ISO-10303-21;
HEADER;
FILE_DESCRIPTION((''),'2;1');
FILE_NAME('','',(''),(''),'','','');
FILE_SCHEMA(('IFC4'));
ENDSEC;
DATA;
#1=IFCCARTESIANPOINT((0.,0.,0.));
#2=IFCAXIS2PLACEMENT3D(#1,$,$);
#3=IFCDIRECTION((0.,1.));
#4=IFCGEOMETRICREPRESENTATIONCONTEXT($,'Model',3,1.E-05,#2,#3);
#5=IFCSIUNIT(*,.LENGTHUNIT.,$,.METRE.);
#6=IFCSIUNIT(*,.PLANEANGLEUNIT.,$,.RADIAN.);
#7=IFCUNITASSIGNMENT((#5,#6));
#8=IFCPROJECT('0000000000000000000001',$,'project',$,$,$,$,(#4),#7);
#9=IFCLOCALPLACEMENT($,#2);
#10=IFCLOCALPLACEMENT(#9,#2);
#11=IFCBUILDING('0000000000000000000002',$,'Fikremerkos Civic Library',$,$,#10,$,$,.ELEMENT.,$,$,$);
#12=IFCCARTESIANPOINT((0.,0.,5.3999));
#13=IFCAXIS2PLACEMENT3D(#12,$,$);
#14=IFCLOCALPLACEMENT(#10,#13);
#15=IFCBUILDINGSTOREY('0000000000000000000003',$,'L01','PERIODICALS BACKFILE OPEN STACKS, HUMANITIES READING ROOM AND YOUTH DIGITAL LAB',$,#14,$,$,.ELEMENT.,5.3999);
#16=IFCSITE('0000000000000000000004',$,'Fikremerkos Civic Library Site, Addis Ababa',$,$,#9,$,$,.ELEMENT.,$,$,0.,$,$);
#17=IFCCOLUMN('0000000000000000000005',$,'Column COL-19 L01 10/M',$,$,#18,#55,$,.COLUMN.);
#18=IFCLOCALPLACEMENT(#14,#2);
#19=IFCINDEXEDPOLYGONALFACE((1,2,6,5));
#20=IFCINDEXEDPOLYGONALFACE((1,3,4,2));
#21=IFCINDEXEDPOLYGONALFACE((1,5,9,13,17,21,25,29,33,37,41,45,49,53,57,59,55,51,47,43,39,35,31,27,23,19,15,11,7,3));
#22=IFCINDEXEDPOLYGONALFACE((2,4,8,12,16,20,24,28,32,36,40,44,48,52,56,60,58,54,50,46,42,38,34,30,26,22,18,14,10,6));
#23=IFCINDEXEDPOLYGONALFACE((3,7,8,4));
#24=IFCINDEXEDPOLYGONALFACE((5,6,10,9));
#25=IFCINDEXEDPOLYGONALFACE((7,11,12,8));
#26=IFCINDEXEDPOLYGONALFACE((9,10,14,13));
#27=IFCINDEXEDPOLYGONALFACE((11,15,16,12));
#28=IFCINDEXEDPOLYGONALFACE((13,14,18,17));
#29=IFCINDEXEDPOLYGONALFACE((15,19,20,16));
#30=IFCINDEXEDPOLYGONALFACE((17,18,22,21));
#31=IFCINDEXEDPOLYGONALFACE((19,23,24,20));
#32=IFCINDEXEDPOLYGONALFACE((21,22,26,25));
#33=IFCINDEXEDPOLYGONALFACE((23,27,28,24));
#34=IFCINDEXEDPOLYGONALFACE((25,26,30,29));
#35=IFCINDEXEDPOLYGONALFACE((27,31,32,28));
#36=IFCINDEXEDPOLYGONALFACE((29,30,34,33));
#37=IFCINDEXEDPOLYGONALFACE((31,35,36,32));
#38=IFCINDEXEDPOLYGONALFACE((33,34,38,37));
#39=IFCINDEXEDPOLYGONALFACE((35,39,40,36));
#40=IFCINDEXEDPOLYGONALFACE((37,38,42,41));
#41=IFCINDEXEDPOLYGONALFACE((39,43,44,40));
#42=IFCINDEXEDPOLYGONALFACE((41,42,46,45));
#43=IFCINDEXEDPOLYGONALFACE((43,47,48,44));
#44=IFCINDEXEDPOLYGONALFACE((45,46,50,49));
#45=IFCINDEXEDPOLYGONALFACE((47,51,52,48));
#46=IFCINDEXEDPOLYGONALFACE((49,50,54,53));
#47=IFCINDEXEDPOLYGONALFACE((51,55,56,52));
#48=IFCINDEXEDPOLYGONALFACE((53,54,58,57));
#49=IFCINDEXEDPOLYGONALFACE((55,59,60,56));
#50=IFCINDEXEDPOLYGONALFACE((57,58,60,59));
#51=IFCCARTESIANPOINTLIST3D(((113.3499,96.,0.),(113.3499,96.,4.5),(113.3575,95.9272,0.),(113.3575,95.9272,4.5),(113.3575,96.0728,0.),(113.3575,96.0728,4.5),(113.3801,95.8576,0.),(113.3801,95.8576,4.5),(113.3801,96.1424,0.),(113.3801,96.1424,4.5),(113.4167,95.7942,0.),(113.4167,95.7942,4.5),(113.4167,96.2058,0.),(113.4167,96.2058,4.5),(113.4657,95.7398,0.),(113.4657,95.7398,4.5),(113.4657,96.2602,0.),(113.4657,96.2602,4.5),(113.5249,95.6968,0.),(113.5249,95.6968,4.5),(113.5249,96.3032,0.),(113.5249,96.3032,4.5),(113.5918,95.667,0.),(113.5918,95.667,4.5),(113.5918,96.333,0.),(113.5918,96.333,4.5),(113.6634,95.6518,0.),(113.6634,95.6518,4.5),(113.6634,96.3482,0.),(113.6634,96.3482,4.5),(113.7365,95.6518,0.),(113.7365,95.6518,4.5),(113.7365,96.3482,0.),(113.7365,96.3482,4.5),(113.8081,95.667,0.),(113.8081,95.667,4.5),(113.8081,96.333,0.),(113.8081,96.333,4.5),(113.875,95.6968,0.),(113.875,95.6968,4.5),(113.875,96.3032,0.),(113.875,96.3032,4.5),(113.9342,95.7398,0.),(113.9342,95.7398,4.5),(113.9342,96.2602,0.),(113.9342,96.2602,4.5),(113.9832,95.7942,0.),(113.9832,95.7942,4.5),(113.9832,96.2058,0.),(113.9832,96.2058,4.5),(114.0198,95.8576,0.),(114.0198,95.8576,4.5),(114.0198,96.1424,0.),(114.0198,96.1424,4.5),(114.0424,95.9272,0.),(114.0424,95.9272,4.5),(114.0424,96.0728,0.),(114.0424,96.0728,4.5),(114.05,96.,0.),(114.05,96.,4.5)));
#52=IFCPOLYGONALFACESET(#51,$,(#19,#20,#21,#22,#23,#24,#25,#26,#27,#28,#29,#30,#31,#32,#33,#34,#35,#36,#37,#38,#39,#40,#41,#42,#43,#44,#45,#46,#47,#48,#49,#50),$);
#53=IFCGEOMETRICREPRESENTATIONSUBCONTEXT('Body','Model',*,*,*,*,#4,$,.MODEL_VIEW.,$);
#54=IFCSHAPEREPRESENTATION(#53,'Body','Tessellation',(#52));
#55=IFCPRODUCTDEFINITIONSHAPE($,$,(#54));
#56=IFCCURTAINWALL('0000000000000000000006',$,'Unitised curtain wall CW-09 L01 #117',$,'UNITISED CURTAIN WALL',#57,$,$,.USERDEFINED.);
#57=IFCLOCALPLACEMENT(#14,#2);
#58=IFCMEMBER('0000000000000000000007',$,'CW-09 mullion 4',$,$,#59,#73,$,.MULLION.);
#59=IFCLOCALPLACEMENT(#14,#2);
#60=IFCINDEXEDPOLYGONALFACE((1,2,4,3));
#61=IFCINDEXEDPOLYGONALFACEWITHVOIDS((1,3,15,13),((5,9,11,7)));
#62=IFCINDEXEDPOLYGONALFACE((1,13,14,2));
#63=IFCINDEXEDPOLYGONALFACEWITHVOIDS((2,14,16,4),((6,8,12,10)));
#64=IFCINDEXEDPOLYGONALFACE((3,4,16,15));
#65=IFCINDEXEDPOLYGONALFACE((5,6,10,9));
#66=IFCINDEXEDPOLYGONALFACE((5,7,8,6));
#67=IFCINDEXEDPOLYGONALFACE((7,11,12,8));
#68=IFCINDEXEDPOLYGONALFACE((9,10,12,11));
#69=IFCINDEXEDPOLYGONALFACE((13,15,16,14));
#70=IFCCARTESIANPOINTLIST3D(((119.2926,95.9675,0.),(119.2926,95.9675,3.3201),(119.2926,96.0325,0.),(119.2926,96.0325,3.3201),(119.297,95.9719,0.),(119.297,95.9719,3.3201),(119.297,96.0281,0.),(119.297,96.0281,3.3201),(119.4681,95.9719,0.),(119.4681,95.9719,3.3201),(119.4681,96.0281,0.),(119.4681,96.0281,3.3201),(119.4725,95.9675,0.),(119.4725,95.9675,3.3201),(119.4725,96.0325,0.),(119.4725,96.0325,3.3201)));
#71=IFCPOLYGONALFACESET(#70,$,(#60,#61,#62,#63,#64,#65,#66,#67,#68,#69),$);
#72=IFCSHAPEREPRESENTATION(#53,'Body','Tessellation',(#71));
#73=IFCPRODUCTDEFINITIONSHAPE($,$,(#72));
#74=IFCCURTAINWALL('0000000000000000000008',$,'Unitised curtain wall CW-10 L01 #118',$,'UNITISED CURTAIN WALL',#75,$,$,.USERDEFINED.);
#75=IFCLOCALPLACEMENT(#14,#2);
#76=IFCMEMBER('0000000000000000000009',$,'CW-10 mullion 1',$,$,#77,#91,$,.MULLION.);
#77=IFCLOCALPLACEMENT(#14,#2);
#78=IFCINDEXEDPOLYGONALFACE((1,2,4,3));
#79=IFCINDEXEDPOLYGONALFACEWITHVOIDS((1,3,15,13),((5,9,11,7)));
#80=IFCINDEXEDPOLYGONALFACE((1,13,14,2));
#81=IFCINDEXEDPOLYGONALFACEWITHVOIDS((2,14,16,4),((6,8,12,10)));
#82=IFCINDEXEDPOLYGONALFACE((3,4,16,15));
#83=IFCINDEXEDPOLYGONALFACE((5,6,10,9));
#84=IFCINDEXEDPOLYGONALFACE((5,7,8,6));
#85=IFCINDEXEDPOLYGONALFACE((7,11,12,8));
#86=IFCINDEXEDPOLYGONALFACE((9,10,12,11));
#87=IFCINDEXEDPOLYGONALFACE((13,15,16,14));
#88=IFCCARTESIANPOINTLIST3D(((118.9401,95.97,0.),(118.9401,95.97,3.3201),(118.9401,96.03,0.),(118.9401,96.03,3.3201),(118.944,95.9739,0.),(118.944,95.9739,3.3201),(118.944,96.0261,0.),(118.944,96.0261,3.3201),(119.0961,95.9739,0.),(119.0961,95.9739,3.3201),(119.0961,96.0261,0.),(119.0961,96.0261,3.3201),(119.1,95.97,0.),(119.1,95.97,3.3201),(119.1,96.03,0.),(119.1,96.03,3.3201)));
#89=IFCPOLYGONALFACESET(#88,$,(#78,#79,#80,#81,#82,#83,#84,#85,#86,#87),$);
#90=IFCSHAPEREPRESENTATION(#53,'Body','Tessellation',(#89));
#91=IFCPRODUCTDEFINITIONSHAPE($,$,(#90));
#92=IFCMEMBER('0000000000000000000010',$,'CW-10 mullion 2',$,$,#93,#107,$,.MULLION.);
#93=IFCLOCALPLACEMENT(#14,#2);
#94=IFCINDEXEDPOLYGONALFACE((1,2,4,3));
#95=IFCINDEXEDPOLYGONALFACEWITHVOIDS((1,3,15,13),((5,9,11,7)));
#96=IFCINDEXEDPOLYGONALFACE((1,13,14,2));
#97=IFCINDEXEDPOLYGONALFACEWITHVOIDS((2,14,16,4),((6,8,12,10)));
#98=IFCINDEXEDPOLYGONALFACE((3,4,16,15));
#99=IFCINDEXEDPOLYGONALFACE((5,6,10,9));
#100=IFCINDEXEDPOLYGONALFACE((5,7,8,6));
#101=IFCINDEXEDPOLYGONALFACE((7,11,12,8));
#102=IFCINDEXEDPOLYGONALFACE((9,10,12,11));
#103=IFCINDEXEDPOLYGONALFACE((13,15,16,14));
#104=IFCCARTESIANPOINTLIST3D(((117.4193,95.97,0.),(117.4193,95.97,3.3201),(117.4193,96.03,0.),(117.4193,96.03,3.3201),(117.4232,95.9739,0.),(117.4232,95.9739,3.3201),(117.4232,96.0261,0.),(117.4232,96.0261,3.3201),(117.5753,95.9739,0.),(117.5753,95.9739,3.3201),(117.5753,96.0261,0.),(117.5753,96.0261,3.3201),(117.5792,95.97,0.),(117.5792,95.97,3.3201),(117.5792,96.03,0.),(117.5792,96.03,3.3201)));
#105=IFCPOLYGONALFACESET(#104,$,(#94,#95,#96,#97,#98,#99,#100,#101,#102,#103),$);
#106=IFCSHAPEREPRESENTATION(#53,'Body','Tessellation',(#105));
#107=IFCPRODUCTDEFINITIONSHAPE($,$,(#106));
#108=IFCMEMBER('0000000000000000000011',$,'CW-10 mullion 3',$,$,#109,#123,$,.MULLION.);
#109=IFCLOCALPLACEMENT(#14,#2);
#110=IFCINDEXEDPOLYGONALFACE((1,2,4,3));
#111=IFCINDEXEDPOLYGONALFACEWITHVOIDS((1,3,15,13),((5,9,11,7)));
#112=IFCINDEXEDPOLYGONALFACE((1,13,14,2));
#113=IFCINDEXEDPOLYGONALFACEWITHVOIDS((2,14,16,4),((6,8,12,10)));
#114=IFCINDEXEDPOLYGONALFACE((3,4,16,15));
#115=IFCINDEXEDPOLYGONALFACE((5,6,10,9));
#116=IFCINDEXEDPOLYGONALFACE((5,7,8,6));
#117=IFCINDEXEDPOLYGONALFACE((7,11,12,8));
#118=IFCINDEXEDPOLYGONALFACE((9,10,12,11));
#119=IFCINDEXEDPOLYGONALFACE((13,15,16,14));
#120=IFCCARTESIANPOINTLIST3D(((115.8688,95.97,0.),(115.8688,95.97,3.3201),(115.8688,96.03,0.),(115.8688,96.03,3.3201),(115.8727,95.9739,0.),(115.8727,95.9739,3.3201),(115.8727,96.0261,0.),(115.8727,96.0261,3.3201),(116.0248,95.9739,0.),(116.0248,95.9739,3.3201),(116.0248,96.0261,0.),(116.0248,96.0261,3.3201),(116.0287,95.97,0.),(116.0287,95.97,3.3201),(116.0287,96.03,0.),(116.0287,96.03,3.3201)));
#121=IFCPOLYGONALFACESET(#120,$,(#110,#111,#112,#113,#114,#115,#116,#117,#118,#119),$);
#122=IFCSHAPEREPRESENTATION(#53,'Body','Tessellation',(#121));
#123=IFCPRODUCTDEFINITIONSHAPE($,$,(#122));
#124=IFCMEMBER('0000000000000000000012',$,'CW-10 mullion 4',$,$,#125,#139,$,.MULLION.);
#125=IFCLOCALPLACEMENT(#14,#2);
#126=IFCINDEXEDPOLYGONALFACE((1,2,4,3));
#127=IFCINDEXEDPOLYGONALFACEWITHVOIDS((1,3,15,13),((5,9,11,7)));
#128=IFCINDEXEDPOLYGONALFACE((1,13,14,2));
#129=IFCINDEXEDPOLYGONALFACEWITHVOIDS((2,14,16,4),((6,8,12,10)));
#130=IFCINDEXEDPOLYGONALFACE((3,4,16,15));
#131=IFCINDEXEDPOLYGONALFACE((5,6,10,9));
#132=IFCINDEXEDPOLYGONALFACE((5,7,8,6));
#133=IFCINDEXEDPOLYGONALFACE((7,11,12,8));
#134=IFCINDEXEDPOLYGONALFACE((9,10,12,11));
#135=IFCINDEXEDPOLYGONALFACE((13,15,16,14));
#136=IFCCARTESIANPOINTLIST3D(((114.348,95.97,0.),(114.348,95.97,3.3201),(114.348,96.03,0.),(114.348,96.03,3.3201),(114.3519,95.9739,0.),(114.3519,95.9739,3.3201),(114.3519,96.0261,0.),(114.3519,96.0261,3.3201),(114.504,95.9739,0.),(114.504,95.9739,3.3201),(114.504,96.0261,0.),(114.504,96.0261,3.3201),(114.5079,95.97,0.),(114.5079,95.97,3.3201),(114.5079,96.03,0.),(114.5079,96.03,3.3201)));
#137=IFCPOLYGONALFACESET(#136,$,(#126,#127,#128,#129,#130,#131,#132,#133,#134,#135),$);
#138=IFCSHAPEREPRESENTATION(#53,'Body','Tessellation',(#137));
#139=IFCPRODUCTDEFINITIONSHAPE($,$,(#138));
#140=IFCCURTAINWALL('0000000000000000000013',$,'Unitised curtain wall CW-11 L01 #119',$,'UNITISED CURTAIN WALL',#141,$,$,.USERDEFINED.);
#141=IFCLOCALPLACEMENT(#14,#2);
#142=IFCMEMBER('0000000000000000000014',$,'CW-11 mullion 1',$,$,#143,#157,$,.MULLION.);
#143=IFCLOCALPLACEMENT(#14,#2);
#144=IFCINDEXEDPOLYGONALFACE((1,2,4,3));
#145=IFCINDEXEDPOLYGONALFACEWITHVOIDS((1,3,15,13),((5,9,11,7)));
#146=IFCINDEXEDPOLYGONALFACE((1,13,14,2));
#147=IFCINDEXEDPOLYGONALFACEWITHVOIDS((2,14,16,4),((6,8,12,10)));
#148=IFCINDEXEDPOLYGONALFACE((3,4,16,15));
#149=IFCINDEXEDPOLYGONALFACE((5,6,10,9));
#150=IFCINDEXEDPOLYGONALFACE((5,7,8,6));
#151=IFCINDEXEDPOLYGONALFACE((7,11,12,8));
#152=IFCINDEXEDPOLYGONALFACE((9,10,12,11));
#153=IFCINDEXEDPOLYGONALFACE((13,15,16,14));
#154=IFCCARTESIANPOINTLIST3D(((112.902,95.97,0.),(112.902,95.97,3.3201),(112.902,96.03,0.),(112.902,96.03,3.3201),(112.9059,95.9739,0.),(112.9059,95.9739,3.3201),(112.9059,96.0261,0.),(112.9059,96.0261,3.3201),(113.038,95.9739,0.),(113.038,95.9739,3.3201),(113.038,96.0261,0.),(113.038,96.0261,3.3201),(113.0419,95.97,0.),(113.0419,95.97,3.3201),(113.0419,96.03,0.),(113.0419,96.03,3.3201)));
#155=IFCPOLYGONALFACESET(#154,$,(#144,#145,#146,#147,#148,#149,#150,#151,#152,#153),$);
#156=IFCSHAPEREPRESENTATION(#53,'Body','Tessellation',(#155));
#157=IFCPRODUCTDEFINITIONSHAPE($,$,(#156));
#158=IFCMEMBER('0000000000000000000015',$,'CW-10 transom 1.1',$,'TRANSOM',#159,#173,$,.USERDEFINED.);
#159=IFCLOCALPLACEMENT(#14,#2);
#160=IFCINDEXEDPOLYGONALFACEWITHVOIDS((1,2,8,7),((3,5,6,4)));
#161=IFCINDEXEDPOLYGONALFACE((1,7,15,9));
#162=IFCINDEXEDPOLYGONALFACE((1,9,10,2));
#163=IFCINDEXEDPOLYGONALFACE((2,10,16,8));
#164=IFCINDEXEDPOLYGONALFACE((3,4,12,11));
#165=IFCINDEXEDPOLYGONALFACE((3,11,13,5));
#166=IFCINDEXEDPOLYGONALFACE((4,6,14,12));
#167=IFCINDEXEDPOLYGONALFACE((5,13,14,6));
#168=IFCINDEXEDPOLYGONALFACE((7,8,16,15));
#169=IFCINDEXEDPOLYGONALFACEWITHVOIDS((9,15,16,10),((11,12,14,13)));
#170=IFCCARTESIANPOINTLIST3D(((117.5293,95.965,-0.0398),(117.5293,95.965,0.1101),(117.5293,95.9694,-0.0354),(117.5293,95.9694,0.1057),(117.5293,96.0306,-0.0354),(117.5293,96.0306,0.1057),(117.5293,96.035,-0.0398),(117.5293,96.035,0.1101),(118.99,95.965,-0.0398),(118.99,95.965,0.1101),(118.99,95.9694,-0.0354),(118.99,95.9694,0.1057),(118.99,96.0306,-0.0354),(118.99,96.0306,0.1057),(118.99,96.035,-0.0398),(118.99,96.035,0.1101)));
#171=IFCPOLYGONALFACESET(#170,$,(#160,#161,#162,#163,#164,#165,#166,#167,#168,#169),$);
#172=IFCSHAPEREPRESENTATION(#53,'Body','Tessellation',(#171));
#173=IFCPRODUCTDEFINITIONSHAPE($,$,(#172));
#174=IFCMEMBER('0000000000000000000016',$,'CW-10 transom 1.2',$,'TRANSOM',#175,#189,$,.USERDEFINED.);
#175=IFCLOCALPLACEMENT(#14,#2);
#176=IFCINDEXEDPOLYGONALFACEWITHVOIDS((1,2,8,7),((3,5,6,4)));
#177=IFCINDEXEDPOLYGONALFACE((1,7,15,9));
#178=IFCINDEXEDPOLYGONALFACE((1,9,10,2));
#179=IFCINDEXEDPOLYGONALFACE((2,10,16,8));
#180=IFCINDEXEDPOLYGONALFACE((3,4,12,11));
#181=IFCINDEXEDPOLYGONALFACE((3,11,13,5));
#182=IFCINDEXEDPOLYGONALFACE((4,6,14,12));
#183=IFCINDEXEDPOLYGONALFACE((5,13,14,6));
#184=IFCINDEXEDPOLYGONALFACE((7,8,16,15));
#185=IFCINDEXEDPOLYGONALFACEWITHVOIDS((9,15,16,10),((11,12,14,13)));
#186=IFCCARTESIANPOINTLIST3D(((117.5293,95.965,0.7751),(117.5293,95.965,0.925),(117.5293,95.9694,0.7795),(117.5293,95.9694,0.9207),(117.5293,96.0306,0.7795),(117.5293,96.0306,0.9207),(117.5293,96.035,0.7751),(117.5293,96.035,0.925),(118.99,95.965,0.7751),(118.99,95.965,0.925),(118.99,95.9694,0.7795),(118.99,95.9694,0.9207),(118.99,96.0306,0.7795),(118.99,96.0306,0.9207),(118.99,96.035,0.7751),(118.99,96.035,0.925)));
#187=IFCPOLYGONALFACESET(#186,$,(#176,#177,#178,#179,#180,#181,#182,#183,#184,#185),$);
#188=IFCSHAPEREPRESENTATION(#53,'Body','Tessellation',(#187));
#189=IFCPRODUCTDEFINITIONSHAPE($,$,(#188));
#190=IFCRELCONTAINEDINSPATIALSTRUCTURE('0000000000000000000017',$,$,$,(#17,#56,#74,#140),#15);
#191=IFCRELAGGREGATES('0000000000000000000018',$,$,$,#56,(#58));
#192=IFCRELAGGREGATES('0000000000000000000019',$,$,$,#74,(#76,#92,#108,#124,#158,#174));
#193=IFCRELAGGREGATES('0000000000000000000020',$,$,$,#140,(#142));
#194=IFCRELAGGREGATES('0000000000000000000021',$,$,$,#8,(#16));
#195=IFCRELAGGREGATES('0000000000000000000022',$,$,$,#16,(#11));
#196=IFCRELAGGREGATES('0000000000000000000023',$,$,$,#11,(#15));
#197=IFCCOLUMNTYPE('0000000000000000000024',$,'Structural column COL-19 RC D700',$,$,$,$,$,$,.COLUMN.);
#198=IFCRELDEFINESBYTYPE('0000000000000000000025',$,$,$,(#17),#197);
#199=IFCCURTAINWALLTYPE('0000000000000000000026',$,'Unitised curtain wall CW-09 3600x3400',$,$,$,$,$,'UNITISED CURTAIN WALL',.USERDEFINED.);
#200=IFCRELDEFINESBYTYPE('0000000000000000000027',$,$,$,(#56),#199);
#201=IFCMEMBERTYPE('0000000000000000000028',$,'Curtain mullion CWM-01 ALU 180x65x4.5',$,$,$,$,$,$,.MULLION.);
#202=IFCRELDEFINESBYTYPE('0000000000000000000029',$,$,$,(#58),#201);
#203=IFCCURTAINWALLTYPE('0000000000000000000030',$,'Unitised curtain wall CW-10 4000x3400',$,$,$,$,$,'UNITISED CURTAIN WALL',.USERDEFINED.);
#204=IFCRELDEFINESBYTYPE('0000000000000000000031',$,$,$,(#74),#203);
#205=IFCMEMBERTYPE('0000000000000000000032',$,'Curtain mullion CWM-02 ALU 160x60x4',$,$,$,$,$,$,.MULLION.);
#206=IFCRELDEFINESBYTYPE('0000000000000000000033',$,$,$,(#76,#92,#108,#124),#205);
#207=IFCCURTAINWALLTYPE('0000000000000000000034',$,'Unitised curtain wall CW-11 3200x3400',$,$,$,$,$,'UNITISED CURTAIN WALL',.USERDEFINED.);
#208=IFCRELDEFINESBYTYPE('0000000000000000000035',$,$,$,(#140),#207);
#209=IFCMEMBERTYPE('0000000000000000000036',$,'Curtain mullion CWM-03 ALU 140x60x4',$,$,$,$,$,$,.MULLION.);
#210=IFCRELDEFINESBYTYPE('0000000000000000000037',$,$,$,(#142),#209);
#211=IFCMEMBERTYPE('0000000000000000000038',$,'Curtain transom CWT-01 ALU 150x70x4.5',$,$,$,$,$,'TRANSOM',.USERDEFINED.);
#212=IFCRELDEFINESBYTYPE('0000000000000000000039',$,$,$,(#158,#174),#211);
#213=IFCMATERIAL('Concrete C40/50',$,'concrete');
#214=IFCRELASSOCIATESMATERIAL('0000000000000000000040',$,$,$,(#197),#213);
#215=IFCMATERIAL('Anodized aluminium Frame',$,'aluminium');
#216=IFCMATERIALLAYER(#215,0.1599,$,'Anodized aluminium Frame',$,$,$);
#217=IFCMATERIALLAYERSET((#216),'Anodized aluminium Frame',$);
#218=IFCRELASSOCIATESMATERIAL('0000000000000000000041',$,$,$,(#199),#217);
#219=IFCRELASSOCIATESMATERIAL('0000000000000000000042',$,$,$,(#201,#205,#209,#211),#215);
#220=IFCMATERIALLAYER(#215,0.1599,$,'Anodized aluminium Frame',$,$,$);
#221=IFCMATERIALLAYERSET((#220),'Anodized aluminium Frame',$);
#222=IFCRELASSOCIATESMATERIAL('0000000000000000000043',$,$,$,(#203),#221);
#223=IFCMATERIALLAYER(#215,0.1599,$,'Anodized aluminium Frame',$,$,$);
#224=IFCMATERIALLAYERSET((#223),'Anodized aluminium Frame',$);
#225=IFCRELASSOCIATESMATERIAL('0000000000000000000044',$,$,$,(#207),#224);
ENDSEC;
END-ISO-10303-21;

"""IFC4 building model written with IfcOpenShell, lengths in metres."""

from ifc_helpers import new_model, si_unit, direction, frame, origin, origin_2d, place, context, subcontext, project, spatial, hollow_rectangle, circle, extrude, material, layer, layer_set, material_profile, profile_set, type_object, element, aggregate, save


model = new_model("IFC4")

# Units and contexts
model_context = context("Model", 3, precision=1e-05, world=origin(), true_north=direction((0.0, 1.0)))
body_context = subcontext(model_context, "Body", "Model", "MODEL_VIEW")
ifc_project = project(units=[si_unit("LENGTHUNIT", "METRE"), si_unit("PLANEANGLEUNIT", "RADIAN")], contexts=[model_context])

# Site, building, storey
site_placement = place(None, origin())
site = spatial("IfcSite", under=ifc_project, at=site_placement, Name="Fikremerkos Civic Library Site, Addis Ababa", CompositionType="ELEMENT", RefElevation=0.0)
building_placement = place(site_placement, origin())
building = spatial("IfcBuilding", under=site, at=building_placement, Name="Fikremerkos Civic Library", CompositionType="ELEMENT")
storey_placement = place(building_placement, frame((0.0, 0.0, 5.3999)))
storey = spatial("IfcBuildingStorey", under=building, at=storey_placement, Name="L01", Description="PERIODICALS BACKFILE OPEN STACKS, HUMANITIES READING ROOM AND YOUTH DIGITAL LAB", CompositionType="ELEMENT", Elevation=5.3999)

# Column
ifc_material_1 = material(Name="Concrete C40/50", Category="concrete")
ifc_material_profile_1 = material_profile(ifc_material_1, circle(Radius=0.3501, at=origin_2d()), Name="RC D700")
ifc_profile_set_1 = profile_set([ifc_material_profile_1], Name="Concrete C40/50")
column_type = type_object("IfcColumnType", Name="Structural column COL-19 RC D700", PredefinedType="COLUMN", material=ifc_profile_set_1)
column_placement = place(storey_placement, frame((113.7, 96.0, 0.0), z_axis=(0.0, 0.0, 1.0), x_axis=(1.0, 0.0, 0.0)))
element("IfcColumn", 1, at=column_placement, inside=storey, type_object=column_type, Name="Column COL-19 L01 10/M", PredefinedType="COLUMN", context=body_context, shape_type="SweptSolid", body=[
    extrude(circle(Radius=0.3501, at=origin_2d()), origin(), (0.0, 0.0, 1.0), 4.5),
])

# Curtain wall, member
ifc_material_2 = material(Name="Anodized aluminium Frame", Category="aluminium")
ifc_layer_1 = layer(ifc_material_2, 0.1599, Name="Anodized aluminium Frame")
ifc_layer_set_1 = layer_set([ifc_layer_1], Name="Anodized aluminium Frame")
curtain_wall_type_1 = type_object("IfcCurtainWallType", Name="Unitised curtain wall CW-09 3600x3400", ElementType="UNITISED CURTAIN WALL", PredefinedType="USERDEFINED", material=ifc_layer_set_1)
curtain_wall_1_placement = place(storey_placement, origin())
curtain_wall_1 = element("IfcCurtainWall", 2, at=curtain_wall_1_placement, inside=storey, type_object=curtain_wall_type_1, Name="Unitised curtain wall CW-09 L01 #117", ObjectType="UNITISED CURTAIN WALL", PredefinedType="USERDEFINED")
ifc_material_profile_2 = material_profile(ifc_material_2, hollow_rectangle(XDim=0.0649, YDim=0.1799, WallThickness=0.0044, at=origin_2d()), Name="ALU 180x65x4.5")
ifc_profile_set_2 = profile_set([ifc_material_profile_2], Name="Anodized aluminium Frame")
member_type_1 = type_object("IfcMemberType", Name="Curtain mullion CWM-01 ALU 180x65x4.5", PredefinedType="MULLION", material=ifc_profile_set_2)
member_1_placement = place(storey_placement, frame((119.3826, 96.0, 0.0), z_axis=(0.0, 0.0, 1.0), x_axis=(0.0, -1.0, 0.0)))
member_1 = element("IfcMember", 3, at=member_1_placement, type_object=member_type_1, Name="CW-09 mullion 4", PredefinedType="MULLION", context=body_context, shape_type="SweptSolid", body=[
    extrude(hollow_rectangle(XDim=0.0649, YDim=0.1799, WallThickness=0.0044, at=origin_2d()), origin(), (0.0, 0.0, 1.0), 3.3201),
])
aggregate(curtain_wall_1, [member_1])

# Curtain wall, members
ifc_layer_2 = layer(ifc_material_2, 0.1599, Name="Anodized aluminium Frame")
ifc_layer_set_2 = layer_set([ifc_layer_2], Name="Anodized aluminium Frame")
curtain_wall_type_2 = type_object("IfcCurtainWallType", Name="Unitised curtain wall CW-10 4000x3400", ElementType="UNITISED CURTAIN WALL", PredefinedType="USERDEFINED", material=ifc_layer_set_2)
curtain_wall_2_placement = place(storey_placement, origin())
curtain_wall_2 = element("IfcCurtainWall", 4, at=curtain_wall_2_placement, inside=storey, type_object=curtain_wall_type_2, Name="Unitised curtain wall CW-10 L01 #118", ObjectType="UNITISED CURTAIN WALL", PredefinedType="USERDEFINED")
ifc_material_profile_3 = material_profile(ifc_material_2, hollow_rectangle(XDim=0.0601, YDim=0.1599, WallThickness=0.0039, at=origin_2d()), Name="ALU 160x60x4")
ifc_profile_set_3 = profile_set([ifc_material_profile_3], Name="Anodized aluminium Frame")
member_type_2 = type_object("IfcMemberType", Name="Curtain mullion CWM-02 ALU 160x60x4", PredefinedType="MULLION", material=ifc_profile_set_3)
member_2_placement = place(storey_placement, frame((119.02, 96.0, 0.0), z_axis=(0.0, 0.0, 1.0), x_axis=(0.0, -1.0, 0.0)))
member_2 = element("IfcMember", 5, at=member_2_placement, type_object=member_type_2, Name="CW-10 mullion 1", PredefinedType="MULLION", context=body_context, shape_type="SweptSolid", body=[
    extrude(hollow_rectangle(XDim=0.0601, YDim=0.1599, WallThickness=0.0039, at=origin_2d()), origin(), (0.0, 0.0, 1.0), 3.3201),
])
member_3_placement = place(storey_placement, frame((117.4993, 96.0, 0.0), z_axis=(0.0, 0.0, 1.0), x_axis=(0.0, -1.0, 0.0)))
member_3 = element("IfcMember", 6, at=member_3_placement, type_object=member_type_2, Name="CW-10 mullion 2", PredefinedType="MULLION", context=body_context, shape_type="SweptSolid", body=[
    extrude(hollow_rectangle(XDim=0.0601, YDim=0.1599, WallThickness=0.0039, at=origin_2d()), origin(), (0.0, 0.0, 1.0), 3.3201),
])
member_4_placement = place(storey_placement, frame((115.9487, 96.0, 0.0), z_axis=(0.0, 0.0, 1.0), x_axis=(0.0, -1.0, 0.0)))
member_4 = element("IfcMember", 7, at=member_4_placement, type_object=member_type_2, Name="CW-10 mullion 3", PredefinedType="MULLION", context=body_context, shape_type="SweptSolid", body=[
    extrude(hollow_rectangle(XDim=0.0601, YDim=0.1599, WallThickness=0.0039, at=origin_2d()), origin(), (0.0, 0.0, 1.0), 3.3201),
])
member_5_placement = place(storey_placement, frame((114.428, 96.0, 0.0), z_axis=(0.0, 0.0, 1.0), x_axis=(0.0, -1.0, 0.0)))
member_5 = element("IfcMember", 8, at=member_5_placement, type_object=member_type_2, Name="CW-10 mullion 4", PredefinedType="MULLION", context=body_context, shape_type="SweptSolid", body=[
    extrude(hollow_rectangle(XDim=0.0601, YDim=0.1599, WallThickness=0.0039, at=origin_2d()), origin(), (0.0, 0.0, 1.0), 3.3201),
])

# Curtain wall, member
ifc_layer_3 = layer(ifc_material_2, 0.1599, Name="Anodized aluminium Frame")
ifc_layer_set_3 = layer_set([ifc_layer_3], Name="Anodized aluminium Frame")
curtain_wall_type_3 = type_object("IfcCurtainWallType", Name="Unitised curtain wall CW-11 3200x3400", ElementType="UNITISED CURTAIN WALL", PredefinedType="USERDEFINED", material=ifc_layer_set_3)
curtain_wall_3_placement = place(storey_placement, origin())
curtain_wall_3 = element("IfcCurtainWall", 9, at=curtain_wall_3_placement, inside=storey, type_object=curtain_wall_type_3, Name="Unitised curtain wall CW-11 L01 #119", ObjectType="UNITISED CURTAIN WALL", PredefinedType="USERDEFINED")
ifc_material_profile_4 = material_profile(ifc_material_2, hollow_rectangle(XDim=0.0601, YDim=0.1399, WallThickness=0.0039, at=origin_2d()), Name="ALU 140x60x4")
ifc_profile_set_4 = profile_set([ifc_material_profile_4], Name="Anodized aluminium Frame")
member_type_3 = type_object("IfcMemberType", Name="Curtain mullion CWM-03 ALU 140x60x4", PredefinedType="MULLION", material=ifc_profile_set_4)
member_6_placement = place(storey_placement, frame((112.9719, 96.0, 0.0), z_axis=(0.0, 0.0, 1.0), x_axis=(0.0, -1.0, 0.0)))
member_6 = element("IfcMember", 10, at=member_6_placement, type_object=member_type_3, Name="CW-11 mullion 1", PredefinedType="MULLION", context=body_context, shape_type="SweptSolid", body=[
    extrude(hollow_rectangle(XDim=0.0601, YDim=0.1399, WallThickness=0.0039, at=origin_2d()), origin(), (0.0, 0.0, 1.0), 3.3201),
])

# Members
ifc_material_profile_5 = material_profile(ifc_material_2, hollow_rectangle(XDim=0.0701, YDim=0.1499, WallThickness=0.0044, at=origin_2d()), Name="ALU 150x70x4.5")
ifc_profile_set_5 = profile_set([ifc_material_profile_5], Name="Anodized aluminium Frame")
member_type_4 = type_object("IfcMemberType", Name="Curtain transom CWT-01 ALU 150x70x4.5", ElementType="TRANSOM", PredefinedType="USERDEFINED", material=ifc_profile_set_5)
member_7_placement = place(storey_placement, frame((118.99, 96.0, 0.0352), z_axis=(-1.0, 0.0, 0.0), x_axis=(0.0, -1.0, 0.0)))
member_7 = element("IfcMember", 11, at=member_7_placement, type_object=member_type_4, Name="CW-10 transom 1.1", ObjectType="TRANSOM", PredefinedType="USERDEFINED", context=body_context, shape_type="SweptSolid", body=[
    extrude(hollow_rectangle(XDim=0.0701, YDim=0.1499, WallThickness=0.0044, at=origin_2d()), origin(), (0.0, 0.0, 1.0), 1.4607),
])
member_8_placement = place(storey_placement, frame((118.99, 96.0, 0.8501), z_axis=(-1.0, 0.0, 0.0), x_axis=(0.0, -1.0, 0.0)))
member_8 = element("IfcMember", 12, at=member_8_placement, type_object=member_type_4, Name="CW-10 transom 1.2", ObjectType="TRANSOM", PredefinedType="USERDEFINED", context=body_context, shape_type="SweptSolid", body=[
    extrude(hollow_rectangle(XDim=0.0701, YDim=0.1499, WallThickness=0.0044, at=origin_2d()), origin(), (0.0, 0.0, 1.0), 1.4607),
])

aggregate(curtain_wall_2, [member_2, member_3, member_4, member_5, member_7, member_8])
aggregate(curtain_wall_3, [member_6])

save(model, "model.ifc")
